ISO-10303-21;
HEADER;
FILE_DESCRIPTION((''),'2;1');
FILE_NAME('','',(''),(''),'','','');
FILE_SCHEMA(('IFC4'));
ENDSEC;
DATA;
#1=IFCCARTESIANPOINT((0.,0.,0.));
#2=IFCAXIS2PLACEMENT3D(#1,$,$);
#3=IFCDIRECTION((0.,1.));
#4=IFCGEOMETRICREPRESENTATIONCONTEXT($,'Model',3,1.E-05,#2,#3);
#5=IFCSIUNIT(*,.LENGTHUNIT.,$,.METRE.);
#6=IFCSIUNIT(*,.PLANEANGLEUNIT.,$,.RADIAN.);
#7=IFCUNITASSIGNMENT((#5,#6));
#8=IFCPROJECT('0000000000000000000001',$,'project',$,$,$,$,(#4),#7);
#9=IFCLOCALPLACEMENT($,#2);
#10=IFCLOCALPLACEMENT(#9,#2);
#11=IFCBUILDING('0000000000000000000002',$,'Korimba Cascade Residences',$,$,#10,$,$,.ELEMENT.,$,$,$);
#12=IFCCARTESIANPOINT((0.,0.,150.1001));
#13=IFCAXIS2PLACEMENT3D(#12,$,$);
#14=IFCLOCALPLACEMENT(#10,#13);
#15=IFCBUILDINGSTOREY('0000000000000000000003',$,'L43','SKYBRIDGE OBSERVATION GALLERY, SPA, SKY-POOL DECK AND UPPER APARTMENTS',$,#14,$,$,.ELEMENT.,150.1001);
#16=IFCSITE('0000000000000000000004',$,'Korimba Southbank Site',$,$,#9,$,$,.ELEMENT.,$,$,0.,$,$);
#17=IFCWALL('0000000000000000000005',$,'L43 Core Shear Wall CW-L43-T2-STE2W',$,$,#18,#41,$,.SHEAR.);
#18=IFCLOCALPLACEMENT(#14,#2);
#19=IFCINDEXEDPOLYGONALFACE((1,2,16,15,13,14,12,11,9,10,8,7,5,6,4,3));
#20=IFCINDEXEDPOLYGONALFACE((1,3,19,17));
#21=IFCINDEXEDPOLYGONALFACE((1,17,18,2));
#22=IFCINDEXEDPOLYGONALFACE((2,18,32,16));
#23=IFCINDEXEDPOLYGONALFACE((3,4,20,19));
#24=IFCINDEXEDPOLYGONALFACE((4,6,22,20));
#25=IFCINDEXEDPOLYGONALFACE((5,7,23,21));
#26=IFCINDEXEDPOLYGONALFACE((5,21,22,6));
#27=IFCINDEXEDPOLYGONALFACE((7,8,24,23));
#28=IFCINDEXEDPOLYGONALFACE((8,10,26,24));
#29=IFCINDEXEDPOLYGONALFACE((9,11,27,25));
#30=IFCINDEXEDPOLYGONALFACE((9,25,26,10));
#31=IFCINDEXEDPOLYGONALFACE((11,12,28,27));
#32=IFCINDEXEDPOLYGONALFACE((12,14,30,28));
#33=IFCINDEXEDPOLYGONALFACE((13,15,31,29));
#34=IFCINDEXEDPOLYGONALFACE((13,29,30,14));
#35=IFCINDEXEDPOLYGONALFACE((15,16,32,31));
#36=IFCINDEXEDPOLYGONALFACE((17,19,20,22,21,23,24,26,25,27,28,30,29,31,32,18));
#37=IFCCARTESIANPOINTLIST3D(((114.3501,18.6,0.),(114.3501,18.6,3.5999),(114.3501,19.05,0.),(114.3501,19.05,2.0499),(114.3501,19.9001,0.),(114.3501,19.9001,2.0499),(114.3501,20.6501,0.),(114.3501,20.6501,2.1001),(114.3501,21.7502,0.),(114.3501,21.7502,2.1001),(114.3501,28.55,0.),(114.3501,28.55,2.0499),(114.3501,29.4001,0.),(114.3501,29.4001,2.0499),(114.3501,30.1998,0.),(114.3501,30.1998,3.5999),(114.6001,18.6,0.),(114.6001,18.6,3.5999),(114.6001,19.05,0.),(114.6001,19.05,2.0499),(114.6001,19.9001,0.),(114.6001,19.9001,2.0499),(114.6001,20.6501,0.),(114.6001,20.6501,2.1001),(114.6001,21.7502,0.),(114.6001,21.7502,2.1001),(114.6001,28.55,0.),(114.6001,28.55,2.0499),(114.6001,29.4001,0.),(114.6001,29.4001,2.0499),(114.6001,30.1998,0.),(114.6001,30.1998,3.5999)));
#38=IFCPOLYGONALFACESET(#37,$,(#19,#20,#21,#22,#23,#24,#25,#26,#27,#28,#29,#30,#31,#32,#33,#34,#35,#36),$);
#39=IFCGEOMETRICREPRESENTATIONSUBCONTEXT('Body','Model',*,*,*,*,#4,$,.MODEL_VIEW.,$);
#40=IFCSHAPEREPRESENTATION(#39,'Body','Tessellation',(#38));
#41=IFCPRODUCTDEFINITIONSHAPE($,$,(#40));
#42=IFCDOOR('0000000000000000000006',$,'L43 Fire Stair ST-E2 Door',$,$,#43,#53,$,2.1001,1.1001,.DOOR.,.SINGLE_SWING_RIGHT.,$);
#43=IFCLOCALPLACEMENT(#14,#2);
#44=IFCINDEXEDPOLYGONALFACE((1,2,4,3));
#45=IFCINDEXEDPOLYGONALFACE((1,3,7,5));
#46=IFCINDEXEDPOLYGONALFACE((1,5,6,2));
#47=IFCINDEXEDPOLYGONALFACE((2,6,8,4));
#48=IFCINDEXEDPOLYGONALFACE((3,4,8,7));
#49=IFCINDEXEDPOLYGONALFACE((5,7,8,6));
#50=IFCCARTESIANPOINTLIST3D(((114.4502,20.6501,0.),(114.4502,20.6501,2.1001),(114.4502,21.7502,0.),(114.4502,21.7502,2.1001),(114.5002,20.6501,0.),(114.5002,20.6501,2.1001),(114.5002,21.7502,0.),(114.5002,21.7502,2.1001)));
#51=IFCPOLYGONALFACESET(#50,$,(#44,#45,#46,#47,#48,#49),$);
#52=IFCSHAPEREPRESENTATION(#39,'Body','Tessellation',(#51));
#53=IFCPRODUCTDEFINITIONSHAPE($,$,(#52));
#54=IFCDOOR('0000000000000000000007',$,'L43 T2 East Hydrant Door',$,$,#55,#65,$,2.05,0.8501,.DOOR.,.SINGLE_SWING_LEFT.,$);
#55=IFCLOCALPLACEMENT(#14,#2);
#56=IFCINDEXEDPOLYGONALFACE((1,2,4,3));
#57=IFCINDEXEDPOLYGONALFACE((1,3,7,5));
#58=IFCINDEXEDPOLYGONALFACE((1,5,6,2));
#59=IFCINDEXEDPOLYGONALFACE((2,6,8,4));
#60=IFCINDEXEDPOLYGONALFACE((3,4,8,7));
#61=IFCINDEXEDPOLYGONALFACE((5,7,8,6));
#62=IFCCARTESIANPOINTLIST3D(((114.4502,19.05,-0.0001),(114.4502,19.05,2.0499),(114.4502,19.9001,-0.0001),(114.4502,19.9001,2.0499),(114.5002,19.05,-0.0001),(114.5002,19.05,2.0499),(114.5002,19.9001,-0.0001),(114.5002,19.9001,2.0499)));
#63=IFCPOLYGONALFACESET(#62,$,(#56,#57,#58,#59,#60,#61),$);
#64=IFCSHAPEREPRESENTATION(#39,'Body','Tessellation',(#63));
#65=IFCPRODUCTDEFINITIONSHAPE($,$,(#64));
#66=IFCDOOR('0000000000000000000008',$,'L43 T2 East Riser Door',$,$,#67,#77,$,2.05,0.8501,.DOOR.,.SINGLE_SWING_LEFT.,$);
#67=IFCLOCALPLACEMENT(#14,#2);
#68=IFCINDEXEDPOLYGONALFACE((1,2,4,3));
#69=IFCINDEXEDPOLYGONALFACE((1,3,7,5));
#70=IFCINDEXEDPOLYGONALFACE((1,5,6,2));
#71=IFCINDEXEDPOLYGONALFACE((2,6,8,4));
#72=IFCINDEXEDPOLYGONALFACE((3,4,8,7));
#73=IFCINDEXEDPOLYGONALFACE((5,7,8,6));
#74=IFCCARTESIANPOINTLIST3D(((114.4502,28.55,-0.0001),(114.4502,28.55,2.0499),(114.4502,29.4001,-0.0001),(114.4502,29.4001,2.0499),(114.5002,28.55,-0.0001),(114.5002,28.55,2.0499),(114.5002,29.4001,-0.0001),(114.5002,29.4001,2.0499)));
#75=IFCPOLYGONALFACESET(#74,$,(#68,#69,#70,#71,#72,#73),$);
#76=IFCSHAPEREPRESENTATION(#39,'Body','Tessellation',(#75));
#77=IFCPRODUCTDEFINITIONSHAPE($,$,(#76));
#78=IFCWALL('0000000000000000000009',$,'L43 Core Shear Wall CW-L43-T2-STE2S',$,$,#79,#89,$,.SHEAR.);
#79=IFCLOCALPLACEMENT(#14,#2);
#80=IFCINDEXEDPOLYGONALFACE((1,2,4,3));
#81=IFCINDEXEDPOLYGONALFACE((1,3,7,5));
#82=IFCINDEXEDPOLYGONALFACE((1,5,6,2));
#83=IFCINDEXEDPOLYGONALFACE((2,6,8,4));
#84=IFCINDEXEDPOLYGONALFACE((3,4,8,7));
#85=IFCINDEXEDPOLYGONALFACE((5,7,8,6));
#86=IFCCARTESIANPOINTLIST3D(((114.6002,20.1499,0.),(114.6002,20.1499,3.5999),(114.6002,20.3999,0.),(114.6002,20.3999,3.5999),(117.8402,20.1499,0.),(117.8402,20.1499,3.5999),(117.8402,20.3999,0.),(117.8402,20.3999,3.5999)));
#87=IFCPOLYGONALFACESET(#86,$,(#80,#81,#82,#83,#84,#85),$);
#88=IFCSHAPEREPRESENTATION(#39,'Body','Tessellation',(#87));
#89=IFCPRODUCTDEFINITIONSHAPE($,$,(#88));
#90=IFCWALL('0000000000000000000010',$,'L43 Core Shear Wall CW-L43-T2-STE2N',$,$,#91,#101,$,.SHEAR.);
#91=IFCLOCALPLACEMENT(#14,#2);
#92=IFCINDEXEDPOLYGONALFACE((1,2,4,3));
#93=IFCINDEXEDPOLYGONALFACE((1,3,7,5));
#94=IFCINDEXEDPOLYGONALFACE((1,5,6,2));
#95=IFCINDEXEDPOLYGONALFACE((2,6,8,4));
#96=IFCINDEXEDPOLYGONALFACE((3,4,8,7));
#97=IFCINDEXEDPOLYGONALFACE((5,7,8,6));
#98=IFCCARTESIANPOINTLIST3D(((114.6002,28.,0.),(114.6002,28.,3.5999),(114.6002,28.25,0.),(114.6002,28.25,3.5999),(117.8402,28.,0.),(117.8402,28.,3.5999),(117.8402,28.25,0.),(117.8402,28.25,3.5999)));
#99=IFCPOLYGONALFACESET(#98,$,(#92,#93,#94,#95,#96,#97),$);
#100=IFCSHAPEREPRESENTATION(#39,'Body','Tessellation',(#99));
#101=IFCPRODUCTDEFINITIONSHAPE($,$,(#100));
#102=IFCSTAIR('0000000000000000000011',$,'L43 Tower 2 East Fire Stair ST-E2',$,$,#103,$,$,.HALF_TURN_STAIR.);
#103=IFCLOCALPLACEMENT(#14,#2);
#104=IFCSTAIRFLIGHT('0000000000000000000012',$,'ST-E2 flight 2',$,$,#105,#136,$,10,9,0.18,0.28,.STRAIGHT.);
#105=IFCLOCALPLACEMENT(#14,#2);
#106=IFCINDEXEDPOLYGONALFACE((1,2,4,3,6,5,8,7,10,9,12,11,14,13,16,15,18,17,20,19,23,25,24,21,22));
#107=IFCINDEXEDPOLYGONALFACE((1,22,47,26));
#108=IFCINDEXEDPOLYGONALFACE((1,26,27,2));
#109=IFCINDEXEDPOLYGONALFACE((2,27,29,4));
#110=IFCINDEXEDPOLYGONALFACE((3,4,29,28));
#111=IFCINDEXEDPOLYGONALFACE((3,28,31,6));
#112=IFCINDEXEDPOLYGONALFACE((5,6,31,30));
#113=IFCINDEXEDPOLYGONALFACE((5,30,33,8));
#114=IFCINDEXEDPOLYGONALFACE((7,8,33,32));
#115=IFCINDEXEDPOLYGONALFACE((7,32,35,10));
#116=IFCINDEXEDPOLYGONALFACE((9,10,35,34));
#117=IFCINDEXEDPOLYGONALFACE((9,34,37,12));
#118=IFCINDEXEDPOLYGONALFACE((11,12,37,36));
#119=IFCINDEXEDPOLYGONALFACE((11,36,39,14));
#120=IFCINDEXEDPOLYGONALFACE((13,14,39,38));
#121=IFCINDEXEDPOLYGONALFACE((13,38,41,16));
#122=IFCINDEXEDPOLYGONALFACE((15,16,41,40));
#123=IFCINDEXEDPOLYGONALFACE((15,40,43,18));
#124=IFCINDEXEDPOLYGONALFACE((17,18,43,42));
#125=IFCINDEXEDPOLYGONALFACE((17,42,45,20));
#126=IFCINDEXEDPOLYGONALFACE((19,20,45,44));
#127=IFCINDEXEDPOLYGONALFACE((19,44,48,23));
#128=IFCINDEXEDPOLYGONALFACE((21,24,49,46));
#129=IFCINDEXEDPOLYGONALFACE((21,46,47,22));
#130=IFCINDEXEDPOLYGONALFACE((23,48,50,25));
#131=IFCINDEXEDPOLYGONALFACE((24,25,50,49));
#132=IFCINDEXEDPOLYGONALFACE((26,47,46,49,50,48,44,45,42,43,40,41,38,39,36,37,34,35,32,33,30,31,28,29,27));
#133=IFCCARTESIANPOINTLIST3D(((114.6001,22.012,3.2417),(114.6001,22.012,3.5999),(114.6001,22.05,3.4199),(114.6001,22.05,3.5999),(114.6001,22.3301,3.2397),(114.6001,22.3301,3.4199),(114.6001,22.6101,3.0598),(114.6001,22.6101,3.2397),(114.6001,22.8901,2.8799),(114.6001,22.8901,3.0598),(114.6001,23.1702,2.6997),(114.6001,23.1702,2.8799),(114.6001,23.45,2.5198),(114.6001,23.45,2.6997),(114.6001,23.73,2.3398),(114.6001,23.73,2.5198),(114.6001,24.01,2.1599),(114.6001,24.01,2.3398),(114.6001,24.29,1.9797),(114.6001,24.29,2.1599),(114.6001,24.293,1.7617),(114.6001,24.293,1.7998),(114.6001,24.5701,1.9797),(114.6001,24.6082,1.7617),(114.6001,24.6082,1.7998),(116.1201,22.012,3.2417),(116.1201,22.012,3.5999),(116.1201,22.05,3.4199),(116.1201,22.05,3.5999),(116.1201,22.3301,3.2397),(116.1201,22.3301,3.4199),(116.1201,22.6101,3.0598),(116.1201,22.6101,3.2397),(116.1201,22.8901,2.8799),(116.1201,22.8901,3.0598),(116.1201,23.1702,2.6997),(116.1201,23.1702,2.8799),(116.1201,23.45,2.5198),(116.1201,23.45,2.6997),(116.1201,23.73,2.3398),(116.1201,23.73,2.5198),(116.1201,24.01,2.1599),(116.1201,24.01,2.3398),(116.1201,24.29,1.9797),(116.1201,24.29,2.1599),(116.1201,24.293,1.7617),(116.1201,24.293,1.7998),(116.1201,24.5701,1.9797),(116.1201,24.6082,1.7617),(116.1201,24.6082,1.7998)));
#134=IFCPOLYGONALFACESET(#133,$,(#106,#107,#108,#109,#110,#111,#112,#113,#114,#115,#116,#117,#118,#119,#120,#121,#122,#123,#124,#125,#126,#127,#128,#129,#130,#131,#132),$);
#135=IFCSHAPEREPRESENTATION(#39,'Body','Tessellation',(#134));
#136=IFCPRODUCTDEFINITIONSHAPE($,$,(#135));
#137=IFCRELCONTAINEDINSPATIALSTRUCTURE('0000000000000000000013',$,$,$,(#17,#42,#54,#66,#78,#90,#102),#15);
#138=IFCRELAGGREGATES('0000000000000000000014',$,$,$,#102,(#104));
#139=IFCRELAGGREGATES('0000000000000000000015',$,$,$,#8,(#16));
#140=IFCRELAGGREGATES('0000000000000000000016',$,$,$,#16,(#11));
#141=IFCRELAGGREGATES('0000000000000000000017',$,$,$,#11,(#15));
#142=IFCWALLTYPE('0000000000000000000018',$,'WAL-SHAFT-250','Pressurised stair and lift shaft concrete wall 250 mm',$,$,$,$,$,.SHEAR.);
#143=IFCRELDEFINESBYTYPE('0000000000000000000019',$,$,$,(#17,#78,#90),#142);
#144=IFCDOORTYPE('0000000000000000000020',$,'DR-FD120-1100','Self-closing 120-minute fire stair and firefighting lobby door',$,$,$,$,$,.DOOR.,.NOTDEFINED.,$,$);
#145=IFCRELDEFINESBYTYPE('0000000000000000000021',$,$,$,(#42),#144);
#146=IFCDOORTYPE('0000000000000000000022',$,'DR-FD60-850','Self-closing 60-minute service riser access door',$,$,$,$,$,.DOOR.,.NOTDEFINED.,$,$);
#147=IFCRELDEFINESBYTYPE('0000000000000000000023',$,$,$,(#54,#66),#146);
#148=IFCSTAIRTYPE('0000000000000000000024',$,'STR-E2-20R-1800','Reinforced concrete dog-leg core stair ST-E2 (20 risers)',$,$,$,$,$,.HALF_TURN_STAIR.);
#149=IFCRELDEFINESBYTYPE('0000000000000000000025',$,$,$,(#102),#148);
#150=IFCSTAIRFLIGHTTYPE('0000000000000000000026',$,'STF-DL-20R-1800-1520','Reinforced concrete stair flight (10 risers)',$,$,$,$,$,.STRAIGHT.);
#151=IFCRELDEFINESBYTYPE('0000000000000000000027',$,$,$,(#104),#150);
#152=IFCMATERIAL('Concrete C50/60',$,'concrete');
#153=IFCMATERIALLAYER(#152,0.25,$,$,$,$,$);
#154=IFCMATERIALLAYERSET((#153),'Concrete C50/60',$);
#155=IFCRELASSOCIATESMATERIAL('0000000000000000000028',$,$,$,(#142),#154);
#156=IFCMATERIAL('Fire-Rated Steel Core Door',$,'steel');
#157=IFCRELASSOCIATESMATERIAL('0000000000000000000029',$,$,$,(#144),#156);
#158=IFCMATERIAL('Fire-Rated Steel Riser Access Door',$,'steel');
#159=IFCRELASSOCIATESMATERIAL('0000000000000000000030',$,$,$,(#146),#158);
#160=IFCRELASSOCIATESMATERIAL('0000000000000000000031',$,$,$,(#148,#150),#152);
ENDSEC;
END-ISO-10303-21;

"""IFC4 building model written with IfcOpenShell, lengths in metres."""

from ifc_helpers import new_model, si_unit, direction, frame, frame_2d, origin, place, context, subcontext, project, spatial, polyline, rectangle, outline, extrude, material, layer, layer_set, type_object, element, fill, aggregate, save


model = new_model("IFC4")

# Units and contexts
model_context = context("Model", 3, precision=1e-05, world=origin(), true_north=direction((0.0, 1.0)))
body_context = subcontext(model_context, "Body", "Model", "MODEL_VIEW")
ifc_project = project(units=[si_unit("LENGTHUNIT", "METRE"), si_unit("PLANEANGLEUNIT", "RADIAN")], contexts=[model_context])

# Site, building, storey
site_placement = place(None, origin())
site = spatial("IfcSite", under=ifc_project, at=site_placement, Name="Korimba Southbank Site", CompositionType="ELEMENT", RefElevation=0.0)
building_placement = place(site_placement, origin())
building = spatial("IfcBuilding", under=site, at=building_placement, Name="Korimba Cascade Residences", CompositionType="ELEMENT")
storey_placement = place(building_placement, frame((0.0, 0.0, 150.1001)))
storey = spatial("IfcBuildingStorey", under=building, at=storey_placement, Name="L43", Description="SKYBRIDGE OBSERVATION GALLERY, SPA, SKY-POOL DECK AND UPPER APARTMENTS", CompositionType="ELEMENT", Elevation=150.1001)

# Wall, openings, doors
ifc_material_1 = material(Name="Concrete C50/60", Category="concrete")
ifc_layer_1 = layer(ifc_material_1, 0.25)
ifc_layer_set_1 = layer_set([ifc_layer_1], Name="Concrete C50/60")
wall_type = type_object("IfcWallType", Name="WAL-SHAFT-250", Description="Pressurised stair and lift shaft concrete wall 250 mm", PredefinedType="SHEAR", material=ifc_layer_set_1)
wall_placement = place(storey_placement, frame((114.4751, 18.6001, 0.0), z_axis=(0.0, 0.0, 1.0), x_axis=(0.0, 1.0, 0.0)))
wall = element("IfcWall", 1, at=wall_placement, inside=storey, type_object=wall_type, Name="L43 Core Shear Wall CW-L43-T2-STE2W", PredefinedType="SHEAR", context=body_context, shape_type="SweptSolid", body=[
    extrude(rectangle(XDim=11.5999, YDim=0.25, at=frame_2d((5.7998, 0.0))), origin(), (0.0, 0.0, 1.0), 3.5999),
])
opening_1_placement = place(wall_placement, frame((0.45, 0.0, 0.0)))
opening_1 = element("IfcOpeningElement", 2, at=opening_1_placement, cuts=wall, PredefinedType="OPENING", context=body_context, shape_type="SweptSolid", body=[
    extrude(rectangle(XDim=0.8501, YDim=2.05, at=frame_2d((0.425, 1.0249))), frame((0.0, 0.135, 0.0), z_axis=(0.0, -1.0, 0.0), x_axis=(1.0, 0.0, 0.0)), (0.0, 0.0, 1.0), 0.27),
])
opening_2_placement = place(wall_placement, frame((2.05, 0.0, 0.0)))
opening_2 = element("IfcOpeningElement", 3, at=opening_2_placement, cuts=wall, PredefinedType="OPENING", context=body_context, shape_type="SweptSolid", body=[
    extrude(rectangle(XDim=1.1001, YDim=2.1001, at=frame_2d((0.55, 1.05))), frame((0.0, 0.135, 0.0), z_axis=(0.0, -1.0, 0.0), x_axis=(1.0, 0.0, 0.0)), (0.0, 0.0, 1.0), 0.27),
])
opening_3_placement = place(wall_placement, frame((9.95, 0.0, 0.0)))
opening_3 = element("IfcOpeningElement", 4, at=opening_3_placement, cuts=wall, PredefinedType="OPENING", context=body_context, shape_type="SweptSolid", body=[
    extrude(rectangle(XDim=0.8501, YDim=2.05, at=frame_2d((0.425, 1.0249))), frame((0.0, 0.135, 0.0), z_axis=(0.0, -1.0, 0.0), x_axis=(1.0, 0.0, 0.0)), (0.0, 0.0, 1.0), 0.27),
])
ifc_material_2 = material(Name="Fire-Rated Steel Core Door", Category="steel")
door_type_1 = type_object("IfcDoorType", Name="DR-FD120-1100", Description="Self-closing 120-minute fire stair and firefighting lobby door", OperationType="NOTDEFINED", PredefinedType="DOOR", material=ifc_material_2)
door_1_placement = place(opening_2_placement, origin())
door_1 = element("IfcDoor", 5, at=door_1_placement, inside=storey, type_object=door_type_1, Name="L43 Fire Stair ST-E2 Door", OperationType="SINGLE_SWING_RIGHT", OverallHeight=2.1001, OverallWidth=1.1001, PredefinedType="DOOR", context=body_context, shape_type="SweptSolid", body=[
    extrude(rectangle(XDim=1.1001, YDim=2.1001, at=frame_2d((0.55, 1.05))), frame((0.0, 0.0249, 0.0), z_axis=(0.0, -1.0, 0.0), x_axis=(1.0, 0.0, 0.0)), (0.0, 0.0, 1.0), 0.05),
])
fill(opening_2, door_1)
ifc_material_3 = material(Name="Fire-Rated Steel Riser Access Door", Category="steel")
door_type_2 = type_object("IfcDoorType", Name="DR-FD60-850", Description="Self-closing 60-minute service riser access door", OperationType="NOTDEFINED", PredefinedType="DOOR", material=ifc_material_3)
door_2_placement = place(opening_1_placement, origin())
door_2 = element("IfcDoor", 6, at=door_2_placement, inside=storey, type_object=door_type_2, Name="L43 T2 East Hydrant Door", OperationType="SINGLE_SWING_LEFT", OverallHeight=2.05, OverallWidth=0.8501, PredefinedType="DOOR", context=body_context, shape_type="SweptSolid", body=[
    extrude(rectangle(XDim=0.8501, YDim=2.05, at=frame_2d((0.425, 1.0249))), frame((0.0, 0.0249, 0.0), z_axis=(0.0, -1.0, 0.0), x_axis=(1.0, 0.0, 0.0)), (0.0, 0.0, 1.0), 0.05),
])
fill(opening_1, door_2)
door_3_placement = place(opening_3_placement, origin())
door_3 = element("IfcDoor", 7, at=door_3_placement, inside=storey, type_object=door_type_2, Name="L43 T2 East Riser Door", OperationType="SINGLE_SWING_LEFT", OverallHeight=2.05, OverallWidth=0.8501, PredefinedType="DOOR", context=body_context, shape_type="SweptSolid", body=[
    extrude(rectangle(XDim=0.8501, YDim=2.05, at=frame_2d((0.425, 1.0249))), frame((0.0, 0.0249, 0.0), z_axis=(0.0, -1.0, 0.0), x_axis=(1.0, 0.0, 0.0)), (0.0, 0.0, 1.0), 0.05),
])
fill(opening_3, door_3)

# Walls
for number, where, z_axis, x_axis, name in (
    (8, (114.6001, 20.2749, 0.0), (0.0, 0.0, 1.0), (1.0, 0.0, 0.0), "L43 Core Shear Wall CW-L43-T2-STE2S"),
    (9, (114.6001, 28.125, 0.0), (0.0, 0.0, 1.0), (1.0, 0.0, 0.0), "L43 Core Shear Wall CW-L43-T2-STE2N"),
):
    element("IfcWall", number, at=place(storey_placement, frame(where, z_axis=z_axis, x_axis=x_axis)), inside=storey, type_object=wall_type, Name=name, PredefinedType="SHEAR", context=body_context, shape_type="SweptSolid", body=[
        extrude(rectangle(XDim=3.24, YDim=0.25, at=frame_2d((1.6201, 0.0))), origin(), (0.0, 0.0, 1.0), 3.5999),
    ])

# Stair, stair flight
stair_type = type_object("IfcStairType", Name="STR-E2-20R-1800", Description="Reinforced concrete dog-leg core stair ST-E2 (20 risers)", PredefinedType="HALF_TURN_STAIR", material=ifc_material_1)
stair_placement = place(storey_placement, origin())
stair = element("IfcStair", 10, at=stair_placement, inside=storey, type_object=stair_type, Name="L43 Tower 2 East Fire Stair ST-E2", PredefinedType="HALF_TURN_STAIR")
stair_flight_type = type_object("IfcStairFlightType", Name="STF-DL-20R-1800-1520", Description="Reinforced concrete stair flight (10 risers)", PredefinedType="STRAIGHT", material=ifc_material_1)
stair_flight_placement = place(storey_placement, frame((115.3601, 24.5701, 1.7998), z_axis=(0.0, 0.0, 1.0), x_axis=(0.0, -1.0, 0.0)))
stair_flight = element("IfcStairFlight", 11, at=stair_flight_placement, type_object=stair_flight_type, Name="ST-E2 flight 2", NumberOfRisers=10, NumberOfTreads=9, PredefinedType="STRAIGHT", RiserHeight=0.18, TreadLength=0.28, context=body_context, shape_type="SweptSolid", body=[
    extrude(outline(polyline([(-0.0381, 0.0), (0.0, 0.1799), (0.28, 0.1799), (0.28, 0.3601), (0.5601, 0.3601), (0.5601, 0.54), (0.8401, 0.54), (0.8401, 0.72), (1.1201, 0.72), (1.1201, 0.8999), (1.3999, 0.8999), (1.3999, 1.0801), (1.6799, 1.0801), (1.6799, 1.26), (1.96, 1.26), (1.96, 1.4399), (2.24, 1.4399), (2.24, 1.6201), (2.52, 1.6201), (2.52, 1.8), (2.5581, 1.8), (2.5581, 1.4419), (0.2771, 0.0), (0.2771, -0.0381), (-0.0381, -0.0381), (-0.0381, 0.0)])), frame((0.0, 0.76, 0.0), z_axis=(0.0, -1.0, 0.0), x_axis=(1.0, 0.0, 0.0)), (0.0, 0.0, 1.0), 1.52),
])
aggregate(stair, [stair_flight])

save(model, "model.ifc")
